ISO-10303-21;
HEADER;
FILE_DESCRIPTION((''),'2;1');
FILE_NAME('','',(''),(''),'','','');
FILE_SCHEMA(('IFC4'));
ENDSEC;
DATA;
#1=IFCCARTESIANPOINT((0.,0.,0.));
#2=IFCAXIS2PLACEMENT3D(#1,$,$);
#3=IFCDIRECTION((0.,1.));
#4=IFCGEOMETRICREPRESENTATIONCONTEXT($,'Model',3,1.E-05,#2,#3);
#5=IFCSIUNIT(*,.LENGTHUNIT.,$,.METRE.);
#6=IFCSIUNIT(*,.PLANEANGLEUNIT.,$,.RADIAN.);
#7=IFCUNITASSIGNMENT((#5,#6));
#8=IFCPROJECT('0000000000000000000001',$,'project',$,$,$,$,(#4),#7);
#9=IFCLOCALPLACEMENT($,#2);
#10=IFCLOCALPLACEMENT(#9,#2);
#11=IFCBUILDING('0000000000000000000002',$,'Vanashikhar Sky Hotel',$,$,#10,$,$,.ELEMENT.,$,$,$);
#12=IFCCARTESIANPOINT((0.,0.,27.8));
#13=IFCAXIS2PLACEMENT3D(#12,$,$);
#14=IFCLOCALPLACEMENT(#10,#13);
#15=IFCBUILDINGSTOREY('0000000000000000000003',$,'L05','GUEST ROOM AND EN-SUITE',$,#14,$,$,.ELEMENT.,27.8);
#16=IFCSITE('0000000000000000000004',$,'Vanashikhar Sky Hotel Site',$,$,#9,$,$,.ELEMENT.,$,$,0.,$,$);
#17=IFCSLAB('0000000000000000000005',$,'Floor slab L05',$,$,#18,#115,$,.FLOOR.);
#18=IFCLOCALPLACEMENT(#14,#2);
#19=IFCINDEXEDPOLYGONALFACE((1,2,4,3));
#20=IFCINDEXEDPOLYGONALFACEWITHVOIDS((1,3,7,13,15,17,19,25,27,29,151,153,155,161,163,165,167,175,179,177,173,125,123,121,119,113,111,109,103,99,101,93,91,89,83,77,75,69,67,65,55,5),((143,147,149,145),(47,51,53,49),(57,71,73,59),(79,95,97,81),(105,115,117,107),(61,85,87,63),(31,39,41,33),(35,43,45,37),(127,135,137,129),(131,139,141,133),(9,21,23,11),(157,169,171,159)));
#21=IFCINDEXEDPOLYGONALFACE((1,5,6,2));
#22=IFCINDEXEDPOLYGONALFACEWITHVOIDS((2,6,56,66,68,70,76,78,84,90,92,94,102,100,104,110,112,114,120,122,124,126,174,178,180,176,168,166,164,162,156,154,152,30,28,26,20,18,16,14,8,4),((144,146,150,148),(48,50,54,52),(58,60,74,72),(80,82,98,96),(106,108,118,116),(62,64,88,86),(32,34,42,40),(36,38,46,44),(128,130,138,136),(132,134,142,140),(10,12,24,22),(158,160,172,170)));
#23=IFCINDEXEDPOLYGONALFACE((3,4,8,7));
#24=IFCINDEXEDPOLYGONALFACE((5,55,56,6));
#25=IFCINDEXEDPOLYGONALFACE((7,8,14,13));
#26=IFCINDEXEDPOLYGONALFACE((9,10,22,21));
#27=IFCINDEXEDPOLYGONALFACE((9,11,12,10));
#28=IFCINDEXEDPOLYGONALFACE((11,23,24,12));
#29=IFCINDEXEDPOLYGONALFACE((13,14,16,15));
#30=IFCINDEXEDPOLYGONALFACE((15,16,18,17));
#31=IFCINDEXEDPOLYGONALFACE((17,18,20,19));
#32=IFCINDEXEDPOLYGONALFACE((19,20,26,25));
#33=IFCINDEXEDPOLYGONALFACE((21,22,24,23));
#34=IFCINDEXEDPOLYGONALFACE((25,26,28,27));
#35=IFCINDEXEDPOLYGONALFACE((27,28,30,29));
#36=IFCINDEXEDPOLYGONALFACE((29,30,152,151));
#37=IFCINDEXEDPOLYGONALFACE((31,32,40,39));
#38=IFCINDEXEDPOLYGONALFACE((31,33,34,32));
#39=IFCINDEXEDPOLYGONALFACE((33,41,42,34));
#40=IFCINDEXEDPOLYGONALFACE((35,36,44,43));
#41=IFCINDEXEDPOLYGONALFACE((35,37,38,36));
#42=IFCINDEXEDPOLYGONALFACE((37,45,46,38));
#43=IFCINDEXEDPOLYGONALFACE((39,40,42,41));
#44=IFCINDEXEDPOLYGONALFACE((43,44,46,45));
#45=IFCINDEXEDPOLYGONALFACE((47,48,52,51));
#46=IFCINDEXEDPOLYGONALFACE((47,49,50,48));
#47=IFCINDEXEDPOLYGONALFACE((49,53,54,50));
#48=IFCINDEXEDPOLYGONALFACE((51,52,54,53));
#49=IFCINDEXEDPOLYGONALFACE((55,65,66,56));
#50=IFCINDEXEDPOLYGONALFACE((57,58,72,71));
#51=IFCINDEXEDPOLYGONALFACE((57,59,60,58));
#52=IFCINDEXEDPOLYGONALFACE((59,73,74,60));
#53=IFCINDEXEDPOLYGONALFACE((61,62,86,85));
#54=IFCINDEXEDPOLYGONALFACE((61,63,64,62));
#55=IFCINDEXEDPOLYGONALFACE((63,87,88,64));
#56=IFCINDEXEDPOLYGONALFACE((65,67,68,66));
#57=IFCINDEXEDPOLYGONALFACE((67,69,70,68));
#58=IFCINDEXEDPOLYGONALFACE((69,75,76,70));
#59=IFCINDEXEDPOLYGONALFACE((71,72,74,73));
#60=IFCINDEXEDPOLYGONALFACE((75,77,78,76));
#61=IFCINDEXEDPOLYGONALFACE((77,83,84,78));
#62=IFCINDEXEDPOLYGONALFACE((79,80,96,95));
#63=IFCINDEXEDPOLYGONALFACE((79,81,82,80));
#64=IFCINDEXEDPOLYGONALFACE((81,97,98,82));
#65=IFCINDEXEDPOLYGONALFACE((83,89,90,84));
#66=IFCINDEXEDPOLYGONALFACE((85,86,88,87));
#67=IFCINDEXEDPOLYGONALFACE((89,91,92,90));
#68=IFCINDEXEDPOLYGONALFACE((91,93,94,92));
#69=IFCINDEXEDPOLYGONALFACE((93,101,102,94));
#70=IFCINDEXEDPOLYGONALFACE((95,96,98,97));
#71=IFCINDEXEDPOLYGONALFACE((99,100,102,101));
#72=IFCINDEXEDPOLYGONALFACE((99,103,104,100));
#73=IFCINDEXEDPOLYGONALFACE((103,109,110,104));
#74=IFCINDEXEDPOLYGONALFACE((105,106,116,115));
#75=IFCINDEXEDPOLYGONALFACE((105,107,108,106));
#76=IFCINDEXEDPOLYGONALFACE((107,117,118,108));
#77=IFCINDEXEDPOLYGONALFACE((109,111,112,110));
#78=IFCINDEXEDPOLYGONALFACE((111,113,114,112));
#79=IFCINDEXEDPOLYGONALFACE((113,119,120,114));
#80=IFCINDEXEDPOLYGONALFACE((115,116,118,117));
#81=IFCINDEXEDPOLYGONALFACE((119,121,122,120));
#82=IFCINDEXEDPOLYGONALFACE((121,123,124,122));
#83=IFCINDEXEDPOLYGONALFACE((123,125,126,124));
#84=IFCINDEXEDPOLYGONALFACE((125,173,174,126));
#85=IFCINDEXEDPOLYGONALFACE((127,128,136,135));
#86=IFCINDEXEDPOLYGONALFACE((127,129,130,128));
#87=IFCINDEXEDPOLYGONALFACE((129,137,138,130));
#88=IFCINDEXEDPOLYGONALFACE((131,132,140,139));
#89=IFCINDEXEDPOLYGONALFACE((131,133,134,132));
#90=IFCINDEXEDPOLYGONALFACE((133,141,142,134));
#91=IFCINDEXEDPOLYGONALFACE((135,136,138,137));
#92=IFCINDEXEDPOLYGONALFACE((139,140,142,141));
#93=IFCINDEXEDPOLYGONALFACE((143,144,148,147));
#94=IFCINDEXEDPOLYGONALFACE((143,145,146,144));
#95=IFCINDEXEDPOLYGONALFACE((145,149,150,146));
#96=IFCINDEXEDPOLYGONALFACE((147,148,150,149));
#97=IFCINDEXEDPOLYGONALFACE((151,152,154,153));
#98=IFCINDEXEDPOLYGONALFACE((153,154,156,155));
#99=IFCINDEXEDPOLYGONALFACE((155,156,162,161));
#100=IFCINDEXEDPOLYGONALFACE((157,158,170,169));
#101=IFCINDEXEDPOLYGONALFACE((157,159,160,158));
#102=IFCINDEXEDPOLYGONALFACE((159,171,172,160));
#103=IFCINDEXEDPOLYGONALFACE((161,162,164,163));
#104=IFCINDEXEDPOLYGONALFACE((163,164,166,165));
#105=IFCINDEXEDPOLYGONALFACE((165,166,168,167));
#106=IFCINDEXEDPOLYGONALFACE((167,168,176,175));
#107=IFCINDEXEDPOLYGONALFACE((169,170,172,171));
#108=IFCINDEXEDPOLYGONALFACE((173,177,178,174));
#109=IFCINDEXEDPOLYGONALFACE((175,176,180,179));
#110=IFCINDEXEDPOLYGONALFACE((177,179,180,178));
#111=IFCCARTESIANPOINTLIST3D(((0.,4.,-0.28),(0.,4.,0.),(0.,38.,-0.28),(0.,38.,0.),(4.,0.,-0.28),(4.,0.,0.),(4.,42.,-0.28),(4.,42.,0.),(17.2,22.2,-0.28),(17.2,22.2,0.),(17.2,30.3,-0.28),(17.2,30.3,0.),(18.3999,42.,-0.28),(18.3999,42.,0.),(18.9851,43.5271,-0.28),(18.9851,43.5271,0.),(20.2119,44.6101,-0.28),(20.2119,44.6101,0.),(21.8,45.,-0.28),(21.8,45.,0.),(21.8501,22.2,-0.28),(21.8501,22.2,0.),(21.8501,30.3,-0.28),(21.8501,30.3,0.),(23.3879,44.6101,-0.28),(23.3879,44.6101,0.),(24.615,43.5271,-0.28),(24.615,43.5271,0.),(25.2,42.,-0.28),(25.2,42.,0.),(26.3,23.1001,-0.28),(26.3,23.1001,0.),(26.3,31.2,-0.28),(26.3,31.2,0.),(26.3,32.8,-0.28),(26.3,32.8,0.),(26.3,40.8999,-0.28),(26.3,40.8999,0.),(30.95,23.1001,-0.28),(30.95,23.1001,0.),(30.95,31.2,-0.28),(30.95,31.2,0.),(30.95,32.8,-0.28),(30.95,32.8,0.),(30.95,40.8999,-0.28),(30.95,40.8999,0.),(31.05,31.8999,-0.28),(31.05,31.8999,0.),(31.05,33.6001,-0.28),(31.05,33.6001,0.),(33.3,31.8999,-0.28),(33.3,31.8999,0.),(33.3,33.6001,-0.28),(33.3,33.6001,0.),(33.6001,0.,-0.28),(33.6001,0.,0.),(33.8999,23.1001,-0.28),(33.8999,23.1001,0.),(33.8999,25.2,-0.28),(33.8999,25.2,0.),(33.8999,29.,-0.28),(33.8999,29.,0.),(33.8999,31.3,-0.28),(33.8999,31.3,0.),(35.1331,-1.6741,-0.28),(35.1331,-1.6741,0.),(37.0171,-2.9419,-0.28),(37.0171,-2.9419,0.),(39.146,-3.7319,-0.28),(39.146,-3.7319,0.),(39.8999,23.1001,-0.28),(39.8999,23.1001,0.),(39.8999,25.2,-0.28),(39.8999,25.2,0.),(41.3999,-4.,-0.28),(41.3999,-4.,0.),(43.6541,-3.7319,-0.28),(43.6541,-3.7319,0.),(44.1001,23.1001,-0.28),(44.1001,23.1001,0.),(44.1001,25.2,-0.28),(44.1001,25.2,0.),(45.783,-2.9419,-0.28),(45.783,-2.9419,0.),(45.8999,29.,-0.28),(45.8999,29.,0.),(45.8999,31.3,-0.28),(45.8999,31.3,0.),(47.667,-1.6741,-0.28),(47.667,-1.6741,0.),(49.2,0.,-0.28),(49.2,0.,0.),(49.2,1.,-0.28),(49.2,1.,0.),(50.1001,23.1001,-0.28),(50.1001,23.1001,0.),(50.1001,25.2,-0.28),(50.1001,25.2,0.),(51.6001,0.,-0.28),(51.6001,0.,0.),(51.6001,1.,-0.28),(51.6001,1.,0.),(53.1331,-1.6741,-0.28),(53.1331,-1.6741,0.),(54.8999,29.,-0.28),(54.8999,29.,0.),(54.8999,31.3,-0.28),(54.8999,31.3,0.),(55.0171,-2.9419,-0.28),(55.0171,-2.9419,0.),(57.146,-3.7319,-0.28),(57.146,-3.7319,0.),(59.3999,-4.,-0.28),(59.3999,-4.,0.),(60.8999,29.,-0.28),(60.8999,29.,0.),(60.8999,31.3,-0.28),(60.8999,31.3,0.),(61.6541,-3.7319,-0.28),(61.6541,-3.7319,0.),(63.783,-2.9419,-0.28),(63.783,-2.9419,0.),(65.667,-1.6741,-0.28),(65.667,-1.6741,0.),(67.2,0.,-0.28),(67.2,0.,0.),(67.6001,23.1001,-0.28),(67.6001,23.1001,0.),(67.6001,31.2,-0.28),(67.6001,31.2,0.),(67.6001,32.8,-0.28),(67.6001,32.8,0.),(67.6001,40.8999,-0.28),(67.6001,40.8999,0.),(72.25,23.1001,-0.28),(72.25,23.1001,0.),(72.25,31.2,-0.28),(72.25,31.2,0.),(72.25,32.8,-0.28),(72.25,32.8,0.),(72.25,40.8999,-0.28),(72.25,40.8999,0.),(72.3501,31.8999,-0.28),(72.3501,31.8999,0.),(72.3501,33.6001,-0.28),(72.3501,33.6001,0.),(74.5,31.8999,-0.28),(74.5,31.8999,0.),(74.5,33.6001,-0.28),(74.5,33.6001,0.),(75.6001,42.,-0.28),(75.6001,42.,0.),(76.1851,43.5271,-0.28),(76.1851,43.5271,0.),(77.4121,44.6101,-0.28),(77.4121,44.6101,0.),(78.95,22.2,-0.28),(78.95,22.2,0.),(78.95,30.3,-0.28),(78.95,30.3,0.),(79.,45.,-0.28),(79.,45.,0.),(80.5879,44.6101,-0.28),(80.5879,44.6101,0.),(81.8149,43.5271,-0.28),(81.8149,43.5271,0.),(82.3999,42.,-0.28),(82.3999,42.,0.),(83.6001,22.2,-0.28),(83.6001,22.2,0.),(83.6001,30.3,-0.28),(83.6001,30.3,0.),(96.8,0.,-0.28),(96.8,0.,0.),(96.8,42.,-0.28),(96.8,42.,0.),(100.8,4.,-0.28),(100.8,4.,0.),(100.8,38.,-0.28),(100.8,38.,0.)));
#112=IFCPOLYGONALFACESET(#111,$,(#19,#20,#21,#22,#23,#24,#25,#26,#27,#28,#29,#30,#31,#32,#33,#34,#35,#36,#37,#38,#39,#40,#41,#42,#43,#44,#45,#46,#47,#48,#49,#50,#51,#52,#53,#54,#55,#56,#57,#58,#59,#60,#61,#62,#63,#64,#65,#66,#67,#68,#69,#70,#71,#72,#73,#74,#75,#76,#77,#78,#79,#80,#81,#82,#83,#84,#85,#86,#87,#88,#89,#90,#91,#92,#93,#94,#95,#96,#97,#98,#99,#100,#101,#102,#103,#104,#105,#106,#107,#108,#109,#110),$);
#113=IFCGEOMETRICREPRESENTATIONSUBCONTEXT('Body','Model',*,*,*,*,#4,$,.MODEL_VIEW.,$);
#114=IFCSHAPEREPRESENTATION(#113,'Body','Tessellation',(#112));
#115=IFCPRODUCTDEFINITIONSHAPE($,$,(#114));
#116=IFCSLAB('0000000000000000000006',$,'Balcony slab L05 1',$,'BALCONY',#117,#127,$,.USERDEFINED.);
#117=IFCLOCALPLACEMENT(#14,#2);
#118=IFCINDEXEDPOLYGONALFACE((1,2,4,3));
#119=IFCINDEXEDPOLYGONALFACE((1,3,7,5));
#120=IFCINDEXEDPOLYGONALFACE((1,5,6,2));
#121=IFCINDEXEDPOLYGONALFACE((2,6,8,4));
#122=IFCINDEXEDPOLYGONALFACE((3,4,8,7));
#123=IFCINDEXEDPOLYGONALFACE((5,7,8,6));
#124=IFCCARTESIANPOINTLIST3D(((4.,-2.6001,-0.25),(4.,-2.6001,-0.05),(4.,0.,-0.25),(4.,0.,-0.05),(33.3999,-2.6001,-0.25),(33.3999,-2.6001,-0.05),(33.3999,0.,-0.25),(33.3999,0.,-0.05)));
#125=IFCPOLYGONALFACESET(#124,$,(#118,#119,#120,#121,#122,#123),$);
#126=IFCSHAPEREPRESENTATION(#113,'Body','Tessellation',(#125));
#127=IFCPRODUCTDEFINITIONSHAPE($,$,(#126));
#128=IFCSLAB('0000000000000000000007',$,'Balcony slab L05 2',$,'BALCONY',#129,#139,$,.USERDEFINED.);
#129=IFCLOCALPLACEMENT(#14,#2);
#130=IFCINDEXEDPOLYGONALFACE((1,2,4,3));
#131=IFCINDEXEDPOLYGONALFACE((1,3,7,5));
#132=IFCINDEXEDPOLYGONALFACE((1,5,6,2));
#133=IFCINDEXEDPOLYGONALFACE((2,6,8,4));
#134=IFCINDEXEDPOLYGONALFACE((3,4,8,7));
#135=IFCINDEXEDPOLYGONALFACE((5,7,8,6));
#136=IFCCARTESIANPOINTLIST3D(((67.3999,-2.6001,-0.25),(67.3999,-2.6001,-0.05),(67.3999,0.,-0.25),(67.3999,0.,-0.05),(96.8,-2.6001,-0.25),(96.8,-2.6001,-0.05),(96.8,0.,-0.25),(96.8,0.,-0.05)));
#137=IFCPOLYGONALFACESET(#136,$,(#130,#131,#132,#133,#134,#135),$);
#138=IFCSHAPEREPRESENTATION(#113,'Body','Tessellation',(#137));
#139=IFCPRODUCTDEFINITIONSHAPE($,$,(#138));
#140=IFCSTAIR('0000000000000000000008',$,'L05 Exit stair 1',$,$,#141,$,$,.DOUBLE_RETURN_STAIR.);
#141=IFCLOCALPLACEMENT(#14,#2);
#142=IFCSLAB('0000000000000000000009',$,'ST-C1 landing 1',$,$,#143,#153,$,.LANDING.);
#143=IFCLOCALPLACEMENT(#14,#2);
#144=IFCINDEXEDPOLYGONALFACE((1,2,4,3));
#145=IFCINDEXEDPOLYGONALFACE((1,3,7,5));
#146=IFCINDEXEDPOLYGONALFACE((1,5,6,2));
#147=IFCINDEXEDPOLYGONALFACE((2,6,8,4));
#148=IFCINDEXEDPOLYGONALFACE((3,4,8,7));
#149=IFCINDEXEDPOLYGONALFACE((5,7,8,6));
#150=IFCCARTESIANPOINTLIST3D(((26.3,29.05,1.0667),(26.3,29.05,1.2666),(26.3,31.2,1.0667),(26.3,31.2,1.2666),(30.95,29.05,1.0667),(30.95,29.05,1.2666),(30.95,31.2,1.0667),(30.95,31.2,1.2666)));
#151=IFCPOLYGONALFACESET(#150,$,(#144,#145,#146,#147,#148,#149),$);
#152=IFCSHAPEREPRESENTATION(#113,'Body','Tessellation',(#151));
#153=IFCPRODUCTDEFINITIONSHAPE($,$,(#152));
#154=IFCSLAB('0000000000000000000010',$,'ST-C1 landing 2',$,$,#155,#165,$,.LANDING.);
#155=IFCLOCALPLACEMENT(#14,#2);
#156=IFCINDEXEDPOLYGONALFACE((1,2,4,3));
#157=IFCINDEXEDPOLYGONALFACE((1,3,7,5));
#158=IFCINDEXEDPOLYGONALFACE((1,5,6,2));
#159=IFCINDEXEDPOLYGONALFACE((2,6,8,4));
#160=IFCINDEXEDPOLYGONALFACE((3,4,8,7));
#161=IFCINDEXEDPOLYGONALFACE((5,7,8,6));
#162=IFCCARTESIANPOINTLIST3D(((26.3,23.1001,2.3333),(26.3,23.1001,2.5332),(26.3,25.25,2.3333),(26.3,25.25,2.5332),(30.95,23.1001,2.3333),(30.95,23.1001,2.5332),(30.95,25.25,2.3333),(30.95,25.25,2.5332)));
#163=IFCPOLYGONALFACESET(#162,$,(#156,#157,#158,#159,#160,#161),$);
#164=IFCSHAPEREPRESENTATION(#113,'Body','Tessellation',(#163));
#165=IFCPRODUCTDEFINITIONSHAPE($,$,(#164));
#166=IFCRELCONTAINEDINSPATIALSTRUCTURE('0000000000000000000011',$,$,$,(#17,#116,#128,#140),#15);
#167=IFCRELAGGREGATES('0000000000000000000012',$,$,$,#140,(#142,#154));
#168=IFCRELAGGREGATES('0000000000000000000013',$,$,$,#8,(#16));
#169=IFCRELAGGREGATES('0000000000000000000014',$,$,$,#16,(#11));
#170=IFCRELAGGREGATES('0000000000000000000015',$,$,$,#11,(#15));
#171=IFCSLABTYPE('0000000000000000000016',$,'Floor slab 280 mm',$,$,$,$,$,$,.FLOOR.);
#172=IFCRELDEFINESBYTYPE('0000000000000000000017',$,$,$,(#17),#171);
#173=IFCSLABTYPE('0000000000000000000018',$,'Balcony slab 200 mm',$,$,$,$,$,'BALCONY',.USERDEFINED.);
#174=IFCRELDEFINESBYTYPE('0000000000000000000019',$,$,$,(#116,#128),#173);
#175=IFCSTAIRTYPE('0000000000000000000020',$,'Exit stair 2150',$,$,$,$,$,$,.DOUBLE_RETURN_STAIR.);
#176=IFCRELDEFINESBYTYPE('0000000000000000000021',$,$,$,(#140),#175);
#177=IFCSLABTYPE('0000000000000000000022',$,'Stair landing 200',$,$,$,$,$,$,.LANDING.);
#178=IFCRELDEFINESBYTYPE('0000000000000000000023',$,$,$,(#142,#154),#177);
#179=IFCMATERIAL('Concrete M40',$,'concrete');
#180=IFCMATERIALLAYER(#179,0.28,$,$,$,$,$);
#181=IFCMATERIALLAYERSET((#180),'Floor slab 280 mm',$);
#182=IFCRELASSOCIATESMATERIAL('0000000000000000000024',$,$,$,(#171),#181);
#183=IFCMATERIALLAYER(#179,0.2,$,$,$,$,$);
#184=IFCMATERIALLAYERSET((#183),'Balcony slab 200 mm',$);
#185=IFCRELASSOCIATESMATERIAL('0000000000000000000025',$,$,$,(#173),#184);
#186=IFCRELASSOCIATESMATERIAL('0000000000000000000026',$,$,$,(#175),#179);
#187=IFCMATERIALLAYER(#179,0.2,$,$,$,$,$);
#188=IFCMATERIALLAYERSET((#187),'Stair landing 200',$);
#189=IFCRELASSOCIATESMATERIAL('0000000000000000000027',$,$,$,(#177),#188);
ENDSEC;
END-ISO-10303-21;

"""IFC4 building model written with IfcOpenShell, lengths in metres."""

from ifc_helpers import new_model, si_unit, direction, frame, origin, place, context, subcontext, project, spatial, polyline, outline, extrude, source, transform, mapped, material, layer, layer_set, type_object, element, aggregate, save


model = new_model("IFC4")

# Units and contexts
model_context = context("Model", 3, precision=1e-05, world=origin(), true_north=direction((0.0, 1.0)))
body_context = subcontext(model_context, "Body", "Model", "MODEL_VIEW")
ifc_project = project(units=[si_unit("LENGTHUNIT", "METRE"), si_unit("PLANEANGLEUNIT", "RADIAN")], contexts=[model_context])

# Site, building, storey
site_placement = place(None, origin())
site = spatial("IfcSite", under=ifc_project, at=site_placement, Name="Vanashikhar Sky Hotel Site", CompositionType="ELEMENT", RefElevation=0.0)
building_placement = place(site_placement, origin())
building = spatial("IfcBuilding", under=site, at=building_placement, Name="Vanashikhar Sky Hotel", CompositionType="ELEMENT")
storey_placement = place(building_placement, frame((0.0, 0.0, 27.8)))
storey = spatial("IfcBuildingStorey", under=building, at=storey_placement, Name="L05", Description="GUEST ROOM AND EN-SUITE", CompositionType="ELEMENT", Elevation=27.8)

# Slabs
ifc_material_1 = material(Name="Concrete M40", Category="concrete")
ifc_layer_1 = layer(ifc_material_1, 0.28)
ifc_layer_set_1 = layer_set([ifc_layer_1], Name="Floor slab 280 mm")
slab_type_1 = type_object("IfcSlabType", Name="Floor slab 280 mm", PredefinedType="FLOOR", material=ifc_layer_set_1)
shared_shape_1 = source(origin(), body_context, "Body", "SweptSolid", [
    extrude(outline(polyline([(49.2, 0.0), (49.2, 1.0), (51.6001, 1.0), (51.6001, 0.0), (53.1331, -1.6741), (55.0171, -2.9419), (57.146, -3.7319), (59.3999, -4.0), (61.6541, -3.7319), (63.783, -2.9419), (65.667, -1.6741), (67.2, 0.0), (96.8, 0.0), (100.8, 4.0), (100.8, 38.0), (96.8, 42.0), (82.3999, 42.0), (81.8149, 43.5271), (80.5879, 44.6101), (79.0, 45.0), (77.4121, 44.6101), (76.1851, 43.5271), (75.6001, 42.0), (25.2, 42.0), (24.615, 43.5271), (23.3879, 44.6101), (21.8, 45.0), (20.2119, 44.6101), (18.9851, 43.5271), (18.3999, 42.0), (4.0, 42.0), (0.0, 38.0), (0.0, 4.0), (4.0, 0.0), (33.6001, 0.0), (35.1331, -1.6741), (37.0171, -2.9419), (39.146, -3.7319), (41.3999, -4.0), (43.6541, -3.7319), (45.783, -2.9419), (47.667, -1.6741), (49.2, 0.0)]), holes=[polyline([(33.3, 33.6001), (31.05, 33.6001), (31.05, 31.8999), (33.3, 31.8999), (33.3, 33.6001)]), polyline([(33.8999, 25.2), (33.8999, 23.1001), (39.8999, 23.1001), (39.8999, 25.2), (33.8999, 25.2)]), polyline([(33.8999, 31.3), (33.8999, 29.0), (45.8999, 29.0), (45.8999, 31.3), (33.8999, 31.3)]), polyline([(44.1001, 25.2), (44.1001, 23.1001), (50.1001, 23.1001), (50.1001, 25.2), (44.1001, 25.2)]), polyline([(54.8999, 31.3), (54.8999, 29.0), (60.8999, 29.0), (60.8999, 31.3), (54.8999, 31.3)]), polyline([(74.5, 33.6001), (72.3501, 33.6001), (72.3501, 31.8999), (74.5, 31.8999), (74.5, 33.6001)]), polyline([(30.95, 23.1001), (30.95, 31.2), (26.3, 31.2), (26.3, 23.1001), (30.95, 23.1001)]), polyline([(72.25, 23.1001), (72.25, 31.2), (67.6001, 31.2), (67.6001, 23.1001), (72.25, 23.1001)]), polyline([(30.95, 32.8), (30.95, 40.8999), (26.3, 40.8999), (26.3, 32.8), (30.95, 32.8)]), polyline([(72.25, 32.8), (72.25, 40.8999), (67.6001, 40.8999), (67.6001, 32.8), (72.25, 32.8)]), polyline([(83.6001, 22.2), (83.6001, 30.3), (78.95, 30.3), (78.95, 22.2), (83.6001, 22.2)]), polyline([(21.8501, 22.2), (21.8501, 30.3), (17.2, 30.3), (17.2, 22.2), (21.8501, 22.2)])]), origin(), (0.0, 0.0, 1.0), 0.28),
])
slab_1_placement = place(storey_placement, frame((0.0, 0.0, -0.28)))
element("IfcSlab", 1, at=slab_1_placement, inside=storey, type_object=slab_type_1, Name="Floor slab L05", PredefinedType="FLOOR", context=body_context, shape_type="MappedRepresentation", body=[
    mapped(shared_shape_1, transform((0.0, 0.0, 0.0), scale=1.0)),
])
ifc_layer_2 = layer(ifc_material_1, 0.2)
ifc_layer_set_2 = layer_set([ifc_layer_2], Name="Balcony slab 200 mm")
slab_type_2 = type_object("IfcSlabType", Name="Balcony slab 200 mm", ElementType="BALCONY", PredefinedType="USERDEFINED", material=ifc_layer_set_2)
shared_shape_2 = source(origin(), body_context, "Body", "SweptSolid", [
    extrude(outline(polyline([(4.0, -2.6001), (33.3999, -2.6001), (33.3999, 0.0), (4.0, 0.0), (4.0, -2.6001)])), origin(), (0.0, 0.0, 1.0), 0.2),
])
slab_2_placement = place(storey_placement, frame((0.0, 0.0, -0.25)))
element("IfcSlab", 2, at=slab_2_placement, inside=storey, type_object=slab_type_2, Name="Balcony slab L05 1", ObjectType="BALCONY", PredefinedType="USERDEFINED", context=body_context, shape_type="MappedRepresentation", body=[
    mapped(shared_shape_2, transform((0.0, 0.0, 0.0), scale=1.0)),
])
shared_shape_3 = source(origin(), body_context, "Body", "SweptSolid", [
    extrude(outline(polyline([(67.3999, -2.6001), (96.8, -2.6001), (96.8, 0.0), (67.3999, 0.0), (67.3999, -2.6001)])), origin(), (0.0, 0.0, 1.0), 0.2),
])
slab_3_placement = place(storey_placement, frame((0.0, 0.0, -0.25)))
element("IfcSlab", 3, at=slab_3_placement, inside=storey, type_object=slab_type_2, Name="Balcony slab L05 2", ObjectType="BALCONY", PredefinedType="USERDEFINED", context=body_context, shape_type="MappedRepresentation", body=[
    mapped(shared_shape_3, transform((0.0, 0.0, 0.0), scale=1.0)),
])

# Stair, slabs
stair_type = type_object("IfcStairType", Name="Exit stair 2150", PredefinedType="DOUBLE_RETURN_STAIR", material=ifc_material_1)
stair_1_placement = place(storey_placement, origin())
stair_1 = element("IfcStair", 4, at=stair_1_placement, inside=storey, type_object=stair_type, Name="L05 Exit stair 1", PredefinedType="DOUBLE_RETURN_STAIR")
ifc_layer_3 = layer(ifc_material_1, 0.2)
ifc_layer_set_3 = layer_set([ifc_layer_3], Name="Stair landing 200")
slab_type_3 = type_object("IfcSlabType", Name="Stair landing 200", PredefinedType="LANDING", material=ifc_layer_set_3)
shared_shape_4 = source(origin(), body_context, "Body", "SweptSolid", [
    extrude(outline(polyline([(30.95, 29.05), (30.95, 31.2), (26.3, 31.2), (26.3, 29.05), (30.95, 29.05)])), origin(), (0.0, 0.0, 1.0), 0.2),
])
slab_4_placement = place(storey_placement, frame((0.0, 0.0, 1.0667)))
slab_4 = element("IfcSlab", 5, at=slab_4_placement, type_object=slab_type_3, Name="ST-C1 landing 1", PredefinedType="LANDING", context=body_context, shape_type="MappedRepresentation", body=[
    mapped(shared_shape_4, transform((0.0, 0.0, 0.0), scale=1.0)),
])
shared_shape_5 = source(origin(), body_context, "Body", "SweptSolid", [
    extrude(outline(polyline([(30.95, 23.1001), (30.95, 25.25), (26.3, 25.25), (26.3, 23.1001), (30.95, 23.1001)])), origin(), (0.0, 0.0, 1.0), 0.2),
])
slab_5_placement = place(storey_placement, frame((0.0, 0.0, 2.3333)))
slab_5 = element("IfcSlab", 6, at=slab_5_placement, type_object=slab_type_3, Name="ST-C1 landing 2", PredefinedType="LANDING", context=body_context, shape_type="MappedRepresentation", body=[
    mapped(shared_shape_5, transform((0.0, 0.0, 0.0), scale=1.0)),
])
aggregate(stair_1, [slab_4, slab_5])

save(model, "model.ifc")
